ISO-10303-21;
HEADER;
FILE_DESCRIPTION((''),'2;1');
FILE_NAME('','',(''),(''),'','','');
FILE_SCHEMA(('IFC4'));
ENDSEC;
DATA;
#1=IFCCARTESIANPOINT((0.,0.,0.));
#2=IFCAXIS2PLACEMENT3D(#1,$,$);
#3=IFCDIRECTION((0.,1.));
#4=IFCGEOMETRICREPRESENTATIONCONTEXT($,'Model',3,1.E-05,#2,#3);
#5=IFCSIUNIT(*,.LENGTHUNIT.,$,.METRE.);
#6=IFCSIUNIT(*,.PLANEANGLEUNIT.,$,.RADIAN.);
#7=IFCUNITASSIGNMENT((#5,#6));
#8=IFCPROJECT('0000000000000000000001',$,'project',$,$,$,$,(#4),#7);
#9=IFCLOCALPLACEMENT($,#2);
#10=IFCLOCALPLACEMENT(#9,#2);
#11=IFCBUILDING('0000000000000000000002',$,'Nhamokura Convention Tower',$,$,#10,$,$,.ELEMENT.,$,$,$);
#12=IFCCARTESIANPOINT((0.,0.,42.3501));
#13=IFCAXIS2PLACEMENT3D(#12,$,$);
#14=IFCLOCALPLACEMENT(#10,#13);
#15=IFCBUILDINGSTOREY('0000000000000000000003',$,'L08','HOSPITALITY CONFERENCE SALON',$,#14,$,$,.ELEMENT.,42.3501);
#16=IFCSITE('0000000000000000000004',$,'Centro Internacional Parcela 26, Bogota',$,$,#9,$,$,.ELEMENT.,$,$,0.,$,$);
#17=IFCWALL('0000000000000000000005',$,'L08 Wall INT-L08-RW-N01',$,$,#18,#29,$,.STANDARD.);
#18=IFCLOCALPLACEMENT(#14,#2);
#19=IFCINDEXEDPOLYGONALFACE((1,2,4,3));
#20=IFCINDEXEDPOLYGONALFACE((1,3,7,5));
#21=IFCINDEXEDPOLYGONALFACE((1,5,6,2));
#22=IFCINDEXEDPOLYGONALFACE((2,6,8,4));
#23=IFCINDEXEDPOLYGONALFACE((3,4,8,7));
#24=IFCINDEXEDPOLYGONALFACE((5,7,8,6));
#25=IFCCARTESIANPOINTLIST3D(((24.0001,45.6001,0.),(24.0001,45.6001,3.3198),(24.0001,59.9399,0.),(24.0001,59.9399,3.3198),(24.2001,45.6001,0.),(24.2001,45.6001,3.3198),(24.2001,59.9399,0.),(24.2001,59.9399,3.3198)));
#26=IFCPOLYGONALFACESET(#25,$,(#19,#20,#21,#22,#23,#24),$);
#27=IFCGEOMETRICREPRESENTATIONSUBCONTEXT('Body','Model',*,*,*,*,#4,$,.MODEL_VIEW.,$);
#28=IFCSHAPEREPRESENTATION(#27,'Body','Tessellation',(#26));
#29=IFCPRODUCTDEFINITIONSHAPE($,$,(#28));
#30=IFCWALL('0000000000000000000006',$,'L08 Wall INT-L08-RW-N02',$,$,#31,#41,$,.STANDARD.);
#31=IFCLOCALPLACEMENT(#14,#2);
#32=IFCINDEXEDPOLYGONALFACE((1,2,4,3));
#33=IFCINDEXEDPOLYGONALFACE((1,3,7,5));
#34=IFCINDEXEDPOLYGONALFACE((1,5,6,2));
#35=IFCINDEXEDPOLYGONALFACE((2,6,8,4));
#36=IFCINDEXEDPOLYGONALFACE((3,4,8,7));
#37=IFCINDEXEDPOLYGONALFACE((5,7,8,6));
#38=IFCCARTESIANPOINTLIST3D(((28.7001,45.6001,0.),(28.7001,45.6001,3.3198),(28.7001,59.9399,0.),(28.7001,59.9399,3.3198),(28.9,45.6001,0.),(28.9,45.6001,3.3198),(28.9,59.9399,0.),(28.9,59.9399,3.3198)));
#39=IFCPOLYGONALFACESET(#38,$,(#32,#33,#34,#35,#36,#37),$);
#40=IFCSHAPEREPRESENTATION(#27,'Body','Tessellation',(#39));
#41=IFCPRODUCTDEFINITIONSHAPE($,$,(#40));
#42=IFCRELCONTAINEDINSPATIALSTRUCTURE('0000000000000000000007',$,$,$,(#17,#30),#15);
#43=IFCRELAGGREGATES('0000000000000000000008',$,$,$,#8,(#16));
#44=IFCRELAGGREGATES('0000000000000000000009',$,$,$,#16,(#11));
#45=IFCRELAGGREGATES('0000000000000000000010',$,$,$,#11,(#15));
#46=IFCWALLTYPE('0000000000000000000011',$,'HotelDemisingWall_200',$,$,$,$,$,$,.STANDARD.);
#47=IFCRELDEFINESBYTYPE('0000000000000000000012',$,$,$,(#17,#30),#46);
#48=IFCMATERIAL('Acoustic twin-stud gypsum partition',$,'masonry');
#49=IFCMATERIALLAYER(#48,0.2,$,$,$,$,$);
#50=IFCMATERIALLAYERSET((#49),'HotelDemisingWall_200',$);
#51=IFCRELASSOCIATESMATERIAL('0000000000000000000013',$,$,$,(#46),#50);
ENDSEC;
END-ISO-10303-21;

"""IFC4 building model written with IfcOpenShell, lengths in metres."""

from ifc_helpers import new_model, si_unit, direction, frame, frame_2d, origin, place, context, subcontext, project, spatial, rectangle, extrude, material, layer, layer_set, type_object, element, save


model = new_model("IFC4")

# Units and contexts
model_context = context("Model", 3, precision=1e-05, world=origin(), true_north=direction((0.0, 1.0)))
body_context = subcontext(model_context, "Body", "Model", "MODEL_VIEW")
ifc_project = project(units=[si_unit("LENGTHUNIT", "METRE"), si_unit("PLANEANGLEUNIT", "RADIAN")], contexts=[model_context])

# Site, building, storey
site_placement = place(None, origin())
site = spatial("IfcSite", under=ifc_project, at=site_placement, Name="Centro Internacional Parcela 26, Bogota", CompositionType="ELEMENT", RefElevation=0.0)
building_placement = place(site_placement, origin())
building = spatial("IfcBuilding", under=site, at=building_placement, Name="Nhamokura Convention Tower", CompositionType="ELEMENT")
storey_placement = place(building_placement, frame((0.0, 0.0, 42.3501)))
storey = spatial("IfcBuildingStorey", under=building, at=storey_placement, Name="L08", Description="HOSPITALITY CONFERENCE SALON", CompositionType="ELEMENT", Elevation=42.3501)

# Walls
ifc_material_1 = material(Name="Acoustic twin-stud gypsum partition", Category="masonry")
ifc_layer_1 = layer(ifc_material_1, 0.2)
ifc_layer_set_1 = layer_set([ifc_layer_1], Name="HotelDemisingWall_200")
wall_type_1 = type_object("IfcWallType", Name="HotelDemisingWall_200", PredefinedType="STANDARD", material=ifc_layer_set_1)
for number, where, z_axis, x_axis, name in (
    (1, (24.1001, 45.6001, 0.0), (0.0, 0.0, 1.0), (0.0, 1.0, 0.0), "L08 Wall INT-L08-RW-N01"),
    (2, (28.8, 45.6001, 0.0), (0.0, 0.0, 1.0), (0.0, 1.0, 0.0), "L08 Wall INT-L08-RW-N02"),
):
    element("IfcWall", number, at=place(storey_placement, frame(where, z_axis=z_axis, x_axis=x_axis)), inside=storey, type_object=wall_type_1, Name=name, PredefinedType="STANDARD", context=body_context, shape_type="SweptSolid", body=[
        extrude(rectangle(XDim=14.3398, YDim=0.2, at=frame_2d((7.1699, 0.0))), origin(), (0.0, 0.0, 1.0), 3.3198),
    ])

save(model, "model.ifc")
